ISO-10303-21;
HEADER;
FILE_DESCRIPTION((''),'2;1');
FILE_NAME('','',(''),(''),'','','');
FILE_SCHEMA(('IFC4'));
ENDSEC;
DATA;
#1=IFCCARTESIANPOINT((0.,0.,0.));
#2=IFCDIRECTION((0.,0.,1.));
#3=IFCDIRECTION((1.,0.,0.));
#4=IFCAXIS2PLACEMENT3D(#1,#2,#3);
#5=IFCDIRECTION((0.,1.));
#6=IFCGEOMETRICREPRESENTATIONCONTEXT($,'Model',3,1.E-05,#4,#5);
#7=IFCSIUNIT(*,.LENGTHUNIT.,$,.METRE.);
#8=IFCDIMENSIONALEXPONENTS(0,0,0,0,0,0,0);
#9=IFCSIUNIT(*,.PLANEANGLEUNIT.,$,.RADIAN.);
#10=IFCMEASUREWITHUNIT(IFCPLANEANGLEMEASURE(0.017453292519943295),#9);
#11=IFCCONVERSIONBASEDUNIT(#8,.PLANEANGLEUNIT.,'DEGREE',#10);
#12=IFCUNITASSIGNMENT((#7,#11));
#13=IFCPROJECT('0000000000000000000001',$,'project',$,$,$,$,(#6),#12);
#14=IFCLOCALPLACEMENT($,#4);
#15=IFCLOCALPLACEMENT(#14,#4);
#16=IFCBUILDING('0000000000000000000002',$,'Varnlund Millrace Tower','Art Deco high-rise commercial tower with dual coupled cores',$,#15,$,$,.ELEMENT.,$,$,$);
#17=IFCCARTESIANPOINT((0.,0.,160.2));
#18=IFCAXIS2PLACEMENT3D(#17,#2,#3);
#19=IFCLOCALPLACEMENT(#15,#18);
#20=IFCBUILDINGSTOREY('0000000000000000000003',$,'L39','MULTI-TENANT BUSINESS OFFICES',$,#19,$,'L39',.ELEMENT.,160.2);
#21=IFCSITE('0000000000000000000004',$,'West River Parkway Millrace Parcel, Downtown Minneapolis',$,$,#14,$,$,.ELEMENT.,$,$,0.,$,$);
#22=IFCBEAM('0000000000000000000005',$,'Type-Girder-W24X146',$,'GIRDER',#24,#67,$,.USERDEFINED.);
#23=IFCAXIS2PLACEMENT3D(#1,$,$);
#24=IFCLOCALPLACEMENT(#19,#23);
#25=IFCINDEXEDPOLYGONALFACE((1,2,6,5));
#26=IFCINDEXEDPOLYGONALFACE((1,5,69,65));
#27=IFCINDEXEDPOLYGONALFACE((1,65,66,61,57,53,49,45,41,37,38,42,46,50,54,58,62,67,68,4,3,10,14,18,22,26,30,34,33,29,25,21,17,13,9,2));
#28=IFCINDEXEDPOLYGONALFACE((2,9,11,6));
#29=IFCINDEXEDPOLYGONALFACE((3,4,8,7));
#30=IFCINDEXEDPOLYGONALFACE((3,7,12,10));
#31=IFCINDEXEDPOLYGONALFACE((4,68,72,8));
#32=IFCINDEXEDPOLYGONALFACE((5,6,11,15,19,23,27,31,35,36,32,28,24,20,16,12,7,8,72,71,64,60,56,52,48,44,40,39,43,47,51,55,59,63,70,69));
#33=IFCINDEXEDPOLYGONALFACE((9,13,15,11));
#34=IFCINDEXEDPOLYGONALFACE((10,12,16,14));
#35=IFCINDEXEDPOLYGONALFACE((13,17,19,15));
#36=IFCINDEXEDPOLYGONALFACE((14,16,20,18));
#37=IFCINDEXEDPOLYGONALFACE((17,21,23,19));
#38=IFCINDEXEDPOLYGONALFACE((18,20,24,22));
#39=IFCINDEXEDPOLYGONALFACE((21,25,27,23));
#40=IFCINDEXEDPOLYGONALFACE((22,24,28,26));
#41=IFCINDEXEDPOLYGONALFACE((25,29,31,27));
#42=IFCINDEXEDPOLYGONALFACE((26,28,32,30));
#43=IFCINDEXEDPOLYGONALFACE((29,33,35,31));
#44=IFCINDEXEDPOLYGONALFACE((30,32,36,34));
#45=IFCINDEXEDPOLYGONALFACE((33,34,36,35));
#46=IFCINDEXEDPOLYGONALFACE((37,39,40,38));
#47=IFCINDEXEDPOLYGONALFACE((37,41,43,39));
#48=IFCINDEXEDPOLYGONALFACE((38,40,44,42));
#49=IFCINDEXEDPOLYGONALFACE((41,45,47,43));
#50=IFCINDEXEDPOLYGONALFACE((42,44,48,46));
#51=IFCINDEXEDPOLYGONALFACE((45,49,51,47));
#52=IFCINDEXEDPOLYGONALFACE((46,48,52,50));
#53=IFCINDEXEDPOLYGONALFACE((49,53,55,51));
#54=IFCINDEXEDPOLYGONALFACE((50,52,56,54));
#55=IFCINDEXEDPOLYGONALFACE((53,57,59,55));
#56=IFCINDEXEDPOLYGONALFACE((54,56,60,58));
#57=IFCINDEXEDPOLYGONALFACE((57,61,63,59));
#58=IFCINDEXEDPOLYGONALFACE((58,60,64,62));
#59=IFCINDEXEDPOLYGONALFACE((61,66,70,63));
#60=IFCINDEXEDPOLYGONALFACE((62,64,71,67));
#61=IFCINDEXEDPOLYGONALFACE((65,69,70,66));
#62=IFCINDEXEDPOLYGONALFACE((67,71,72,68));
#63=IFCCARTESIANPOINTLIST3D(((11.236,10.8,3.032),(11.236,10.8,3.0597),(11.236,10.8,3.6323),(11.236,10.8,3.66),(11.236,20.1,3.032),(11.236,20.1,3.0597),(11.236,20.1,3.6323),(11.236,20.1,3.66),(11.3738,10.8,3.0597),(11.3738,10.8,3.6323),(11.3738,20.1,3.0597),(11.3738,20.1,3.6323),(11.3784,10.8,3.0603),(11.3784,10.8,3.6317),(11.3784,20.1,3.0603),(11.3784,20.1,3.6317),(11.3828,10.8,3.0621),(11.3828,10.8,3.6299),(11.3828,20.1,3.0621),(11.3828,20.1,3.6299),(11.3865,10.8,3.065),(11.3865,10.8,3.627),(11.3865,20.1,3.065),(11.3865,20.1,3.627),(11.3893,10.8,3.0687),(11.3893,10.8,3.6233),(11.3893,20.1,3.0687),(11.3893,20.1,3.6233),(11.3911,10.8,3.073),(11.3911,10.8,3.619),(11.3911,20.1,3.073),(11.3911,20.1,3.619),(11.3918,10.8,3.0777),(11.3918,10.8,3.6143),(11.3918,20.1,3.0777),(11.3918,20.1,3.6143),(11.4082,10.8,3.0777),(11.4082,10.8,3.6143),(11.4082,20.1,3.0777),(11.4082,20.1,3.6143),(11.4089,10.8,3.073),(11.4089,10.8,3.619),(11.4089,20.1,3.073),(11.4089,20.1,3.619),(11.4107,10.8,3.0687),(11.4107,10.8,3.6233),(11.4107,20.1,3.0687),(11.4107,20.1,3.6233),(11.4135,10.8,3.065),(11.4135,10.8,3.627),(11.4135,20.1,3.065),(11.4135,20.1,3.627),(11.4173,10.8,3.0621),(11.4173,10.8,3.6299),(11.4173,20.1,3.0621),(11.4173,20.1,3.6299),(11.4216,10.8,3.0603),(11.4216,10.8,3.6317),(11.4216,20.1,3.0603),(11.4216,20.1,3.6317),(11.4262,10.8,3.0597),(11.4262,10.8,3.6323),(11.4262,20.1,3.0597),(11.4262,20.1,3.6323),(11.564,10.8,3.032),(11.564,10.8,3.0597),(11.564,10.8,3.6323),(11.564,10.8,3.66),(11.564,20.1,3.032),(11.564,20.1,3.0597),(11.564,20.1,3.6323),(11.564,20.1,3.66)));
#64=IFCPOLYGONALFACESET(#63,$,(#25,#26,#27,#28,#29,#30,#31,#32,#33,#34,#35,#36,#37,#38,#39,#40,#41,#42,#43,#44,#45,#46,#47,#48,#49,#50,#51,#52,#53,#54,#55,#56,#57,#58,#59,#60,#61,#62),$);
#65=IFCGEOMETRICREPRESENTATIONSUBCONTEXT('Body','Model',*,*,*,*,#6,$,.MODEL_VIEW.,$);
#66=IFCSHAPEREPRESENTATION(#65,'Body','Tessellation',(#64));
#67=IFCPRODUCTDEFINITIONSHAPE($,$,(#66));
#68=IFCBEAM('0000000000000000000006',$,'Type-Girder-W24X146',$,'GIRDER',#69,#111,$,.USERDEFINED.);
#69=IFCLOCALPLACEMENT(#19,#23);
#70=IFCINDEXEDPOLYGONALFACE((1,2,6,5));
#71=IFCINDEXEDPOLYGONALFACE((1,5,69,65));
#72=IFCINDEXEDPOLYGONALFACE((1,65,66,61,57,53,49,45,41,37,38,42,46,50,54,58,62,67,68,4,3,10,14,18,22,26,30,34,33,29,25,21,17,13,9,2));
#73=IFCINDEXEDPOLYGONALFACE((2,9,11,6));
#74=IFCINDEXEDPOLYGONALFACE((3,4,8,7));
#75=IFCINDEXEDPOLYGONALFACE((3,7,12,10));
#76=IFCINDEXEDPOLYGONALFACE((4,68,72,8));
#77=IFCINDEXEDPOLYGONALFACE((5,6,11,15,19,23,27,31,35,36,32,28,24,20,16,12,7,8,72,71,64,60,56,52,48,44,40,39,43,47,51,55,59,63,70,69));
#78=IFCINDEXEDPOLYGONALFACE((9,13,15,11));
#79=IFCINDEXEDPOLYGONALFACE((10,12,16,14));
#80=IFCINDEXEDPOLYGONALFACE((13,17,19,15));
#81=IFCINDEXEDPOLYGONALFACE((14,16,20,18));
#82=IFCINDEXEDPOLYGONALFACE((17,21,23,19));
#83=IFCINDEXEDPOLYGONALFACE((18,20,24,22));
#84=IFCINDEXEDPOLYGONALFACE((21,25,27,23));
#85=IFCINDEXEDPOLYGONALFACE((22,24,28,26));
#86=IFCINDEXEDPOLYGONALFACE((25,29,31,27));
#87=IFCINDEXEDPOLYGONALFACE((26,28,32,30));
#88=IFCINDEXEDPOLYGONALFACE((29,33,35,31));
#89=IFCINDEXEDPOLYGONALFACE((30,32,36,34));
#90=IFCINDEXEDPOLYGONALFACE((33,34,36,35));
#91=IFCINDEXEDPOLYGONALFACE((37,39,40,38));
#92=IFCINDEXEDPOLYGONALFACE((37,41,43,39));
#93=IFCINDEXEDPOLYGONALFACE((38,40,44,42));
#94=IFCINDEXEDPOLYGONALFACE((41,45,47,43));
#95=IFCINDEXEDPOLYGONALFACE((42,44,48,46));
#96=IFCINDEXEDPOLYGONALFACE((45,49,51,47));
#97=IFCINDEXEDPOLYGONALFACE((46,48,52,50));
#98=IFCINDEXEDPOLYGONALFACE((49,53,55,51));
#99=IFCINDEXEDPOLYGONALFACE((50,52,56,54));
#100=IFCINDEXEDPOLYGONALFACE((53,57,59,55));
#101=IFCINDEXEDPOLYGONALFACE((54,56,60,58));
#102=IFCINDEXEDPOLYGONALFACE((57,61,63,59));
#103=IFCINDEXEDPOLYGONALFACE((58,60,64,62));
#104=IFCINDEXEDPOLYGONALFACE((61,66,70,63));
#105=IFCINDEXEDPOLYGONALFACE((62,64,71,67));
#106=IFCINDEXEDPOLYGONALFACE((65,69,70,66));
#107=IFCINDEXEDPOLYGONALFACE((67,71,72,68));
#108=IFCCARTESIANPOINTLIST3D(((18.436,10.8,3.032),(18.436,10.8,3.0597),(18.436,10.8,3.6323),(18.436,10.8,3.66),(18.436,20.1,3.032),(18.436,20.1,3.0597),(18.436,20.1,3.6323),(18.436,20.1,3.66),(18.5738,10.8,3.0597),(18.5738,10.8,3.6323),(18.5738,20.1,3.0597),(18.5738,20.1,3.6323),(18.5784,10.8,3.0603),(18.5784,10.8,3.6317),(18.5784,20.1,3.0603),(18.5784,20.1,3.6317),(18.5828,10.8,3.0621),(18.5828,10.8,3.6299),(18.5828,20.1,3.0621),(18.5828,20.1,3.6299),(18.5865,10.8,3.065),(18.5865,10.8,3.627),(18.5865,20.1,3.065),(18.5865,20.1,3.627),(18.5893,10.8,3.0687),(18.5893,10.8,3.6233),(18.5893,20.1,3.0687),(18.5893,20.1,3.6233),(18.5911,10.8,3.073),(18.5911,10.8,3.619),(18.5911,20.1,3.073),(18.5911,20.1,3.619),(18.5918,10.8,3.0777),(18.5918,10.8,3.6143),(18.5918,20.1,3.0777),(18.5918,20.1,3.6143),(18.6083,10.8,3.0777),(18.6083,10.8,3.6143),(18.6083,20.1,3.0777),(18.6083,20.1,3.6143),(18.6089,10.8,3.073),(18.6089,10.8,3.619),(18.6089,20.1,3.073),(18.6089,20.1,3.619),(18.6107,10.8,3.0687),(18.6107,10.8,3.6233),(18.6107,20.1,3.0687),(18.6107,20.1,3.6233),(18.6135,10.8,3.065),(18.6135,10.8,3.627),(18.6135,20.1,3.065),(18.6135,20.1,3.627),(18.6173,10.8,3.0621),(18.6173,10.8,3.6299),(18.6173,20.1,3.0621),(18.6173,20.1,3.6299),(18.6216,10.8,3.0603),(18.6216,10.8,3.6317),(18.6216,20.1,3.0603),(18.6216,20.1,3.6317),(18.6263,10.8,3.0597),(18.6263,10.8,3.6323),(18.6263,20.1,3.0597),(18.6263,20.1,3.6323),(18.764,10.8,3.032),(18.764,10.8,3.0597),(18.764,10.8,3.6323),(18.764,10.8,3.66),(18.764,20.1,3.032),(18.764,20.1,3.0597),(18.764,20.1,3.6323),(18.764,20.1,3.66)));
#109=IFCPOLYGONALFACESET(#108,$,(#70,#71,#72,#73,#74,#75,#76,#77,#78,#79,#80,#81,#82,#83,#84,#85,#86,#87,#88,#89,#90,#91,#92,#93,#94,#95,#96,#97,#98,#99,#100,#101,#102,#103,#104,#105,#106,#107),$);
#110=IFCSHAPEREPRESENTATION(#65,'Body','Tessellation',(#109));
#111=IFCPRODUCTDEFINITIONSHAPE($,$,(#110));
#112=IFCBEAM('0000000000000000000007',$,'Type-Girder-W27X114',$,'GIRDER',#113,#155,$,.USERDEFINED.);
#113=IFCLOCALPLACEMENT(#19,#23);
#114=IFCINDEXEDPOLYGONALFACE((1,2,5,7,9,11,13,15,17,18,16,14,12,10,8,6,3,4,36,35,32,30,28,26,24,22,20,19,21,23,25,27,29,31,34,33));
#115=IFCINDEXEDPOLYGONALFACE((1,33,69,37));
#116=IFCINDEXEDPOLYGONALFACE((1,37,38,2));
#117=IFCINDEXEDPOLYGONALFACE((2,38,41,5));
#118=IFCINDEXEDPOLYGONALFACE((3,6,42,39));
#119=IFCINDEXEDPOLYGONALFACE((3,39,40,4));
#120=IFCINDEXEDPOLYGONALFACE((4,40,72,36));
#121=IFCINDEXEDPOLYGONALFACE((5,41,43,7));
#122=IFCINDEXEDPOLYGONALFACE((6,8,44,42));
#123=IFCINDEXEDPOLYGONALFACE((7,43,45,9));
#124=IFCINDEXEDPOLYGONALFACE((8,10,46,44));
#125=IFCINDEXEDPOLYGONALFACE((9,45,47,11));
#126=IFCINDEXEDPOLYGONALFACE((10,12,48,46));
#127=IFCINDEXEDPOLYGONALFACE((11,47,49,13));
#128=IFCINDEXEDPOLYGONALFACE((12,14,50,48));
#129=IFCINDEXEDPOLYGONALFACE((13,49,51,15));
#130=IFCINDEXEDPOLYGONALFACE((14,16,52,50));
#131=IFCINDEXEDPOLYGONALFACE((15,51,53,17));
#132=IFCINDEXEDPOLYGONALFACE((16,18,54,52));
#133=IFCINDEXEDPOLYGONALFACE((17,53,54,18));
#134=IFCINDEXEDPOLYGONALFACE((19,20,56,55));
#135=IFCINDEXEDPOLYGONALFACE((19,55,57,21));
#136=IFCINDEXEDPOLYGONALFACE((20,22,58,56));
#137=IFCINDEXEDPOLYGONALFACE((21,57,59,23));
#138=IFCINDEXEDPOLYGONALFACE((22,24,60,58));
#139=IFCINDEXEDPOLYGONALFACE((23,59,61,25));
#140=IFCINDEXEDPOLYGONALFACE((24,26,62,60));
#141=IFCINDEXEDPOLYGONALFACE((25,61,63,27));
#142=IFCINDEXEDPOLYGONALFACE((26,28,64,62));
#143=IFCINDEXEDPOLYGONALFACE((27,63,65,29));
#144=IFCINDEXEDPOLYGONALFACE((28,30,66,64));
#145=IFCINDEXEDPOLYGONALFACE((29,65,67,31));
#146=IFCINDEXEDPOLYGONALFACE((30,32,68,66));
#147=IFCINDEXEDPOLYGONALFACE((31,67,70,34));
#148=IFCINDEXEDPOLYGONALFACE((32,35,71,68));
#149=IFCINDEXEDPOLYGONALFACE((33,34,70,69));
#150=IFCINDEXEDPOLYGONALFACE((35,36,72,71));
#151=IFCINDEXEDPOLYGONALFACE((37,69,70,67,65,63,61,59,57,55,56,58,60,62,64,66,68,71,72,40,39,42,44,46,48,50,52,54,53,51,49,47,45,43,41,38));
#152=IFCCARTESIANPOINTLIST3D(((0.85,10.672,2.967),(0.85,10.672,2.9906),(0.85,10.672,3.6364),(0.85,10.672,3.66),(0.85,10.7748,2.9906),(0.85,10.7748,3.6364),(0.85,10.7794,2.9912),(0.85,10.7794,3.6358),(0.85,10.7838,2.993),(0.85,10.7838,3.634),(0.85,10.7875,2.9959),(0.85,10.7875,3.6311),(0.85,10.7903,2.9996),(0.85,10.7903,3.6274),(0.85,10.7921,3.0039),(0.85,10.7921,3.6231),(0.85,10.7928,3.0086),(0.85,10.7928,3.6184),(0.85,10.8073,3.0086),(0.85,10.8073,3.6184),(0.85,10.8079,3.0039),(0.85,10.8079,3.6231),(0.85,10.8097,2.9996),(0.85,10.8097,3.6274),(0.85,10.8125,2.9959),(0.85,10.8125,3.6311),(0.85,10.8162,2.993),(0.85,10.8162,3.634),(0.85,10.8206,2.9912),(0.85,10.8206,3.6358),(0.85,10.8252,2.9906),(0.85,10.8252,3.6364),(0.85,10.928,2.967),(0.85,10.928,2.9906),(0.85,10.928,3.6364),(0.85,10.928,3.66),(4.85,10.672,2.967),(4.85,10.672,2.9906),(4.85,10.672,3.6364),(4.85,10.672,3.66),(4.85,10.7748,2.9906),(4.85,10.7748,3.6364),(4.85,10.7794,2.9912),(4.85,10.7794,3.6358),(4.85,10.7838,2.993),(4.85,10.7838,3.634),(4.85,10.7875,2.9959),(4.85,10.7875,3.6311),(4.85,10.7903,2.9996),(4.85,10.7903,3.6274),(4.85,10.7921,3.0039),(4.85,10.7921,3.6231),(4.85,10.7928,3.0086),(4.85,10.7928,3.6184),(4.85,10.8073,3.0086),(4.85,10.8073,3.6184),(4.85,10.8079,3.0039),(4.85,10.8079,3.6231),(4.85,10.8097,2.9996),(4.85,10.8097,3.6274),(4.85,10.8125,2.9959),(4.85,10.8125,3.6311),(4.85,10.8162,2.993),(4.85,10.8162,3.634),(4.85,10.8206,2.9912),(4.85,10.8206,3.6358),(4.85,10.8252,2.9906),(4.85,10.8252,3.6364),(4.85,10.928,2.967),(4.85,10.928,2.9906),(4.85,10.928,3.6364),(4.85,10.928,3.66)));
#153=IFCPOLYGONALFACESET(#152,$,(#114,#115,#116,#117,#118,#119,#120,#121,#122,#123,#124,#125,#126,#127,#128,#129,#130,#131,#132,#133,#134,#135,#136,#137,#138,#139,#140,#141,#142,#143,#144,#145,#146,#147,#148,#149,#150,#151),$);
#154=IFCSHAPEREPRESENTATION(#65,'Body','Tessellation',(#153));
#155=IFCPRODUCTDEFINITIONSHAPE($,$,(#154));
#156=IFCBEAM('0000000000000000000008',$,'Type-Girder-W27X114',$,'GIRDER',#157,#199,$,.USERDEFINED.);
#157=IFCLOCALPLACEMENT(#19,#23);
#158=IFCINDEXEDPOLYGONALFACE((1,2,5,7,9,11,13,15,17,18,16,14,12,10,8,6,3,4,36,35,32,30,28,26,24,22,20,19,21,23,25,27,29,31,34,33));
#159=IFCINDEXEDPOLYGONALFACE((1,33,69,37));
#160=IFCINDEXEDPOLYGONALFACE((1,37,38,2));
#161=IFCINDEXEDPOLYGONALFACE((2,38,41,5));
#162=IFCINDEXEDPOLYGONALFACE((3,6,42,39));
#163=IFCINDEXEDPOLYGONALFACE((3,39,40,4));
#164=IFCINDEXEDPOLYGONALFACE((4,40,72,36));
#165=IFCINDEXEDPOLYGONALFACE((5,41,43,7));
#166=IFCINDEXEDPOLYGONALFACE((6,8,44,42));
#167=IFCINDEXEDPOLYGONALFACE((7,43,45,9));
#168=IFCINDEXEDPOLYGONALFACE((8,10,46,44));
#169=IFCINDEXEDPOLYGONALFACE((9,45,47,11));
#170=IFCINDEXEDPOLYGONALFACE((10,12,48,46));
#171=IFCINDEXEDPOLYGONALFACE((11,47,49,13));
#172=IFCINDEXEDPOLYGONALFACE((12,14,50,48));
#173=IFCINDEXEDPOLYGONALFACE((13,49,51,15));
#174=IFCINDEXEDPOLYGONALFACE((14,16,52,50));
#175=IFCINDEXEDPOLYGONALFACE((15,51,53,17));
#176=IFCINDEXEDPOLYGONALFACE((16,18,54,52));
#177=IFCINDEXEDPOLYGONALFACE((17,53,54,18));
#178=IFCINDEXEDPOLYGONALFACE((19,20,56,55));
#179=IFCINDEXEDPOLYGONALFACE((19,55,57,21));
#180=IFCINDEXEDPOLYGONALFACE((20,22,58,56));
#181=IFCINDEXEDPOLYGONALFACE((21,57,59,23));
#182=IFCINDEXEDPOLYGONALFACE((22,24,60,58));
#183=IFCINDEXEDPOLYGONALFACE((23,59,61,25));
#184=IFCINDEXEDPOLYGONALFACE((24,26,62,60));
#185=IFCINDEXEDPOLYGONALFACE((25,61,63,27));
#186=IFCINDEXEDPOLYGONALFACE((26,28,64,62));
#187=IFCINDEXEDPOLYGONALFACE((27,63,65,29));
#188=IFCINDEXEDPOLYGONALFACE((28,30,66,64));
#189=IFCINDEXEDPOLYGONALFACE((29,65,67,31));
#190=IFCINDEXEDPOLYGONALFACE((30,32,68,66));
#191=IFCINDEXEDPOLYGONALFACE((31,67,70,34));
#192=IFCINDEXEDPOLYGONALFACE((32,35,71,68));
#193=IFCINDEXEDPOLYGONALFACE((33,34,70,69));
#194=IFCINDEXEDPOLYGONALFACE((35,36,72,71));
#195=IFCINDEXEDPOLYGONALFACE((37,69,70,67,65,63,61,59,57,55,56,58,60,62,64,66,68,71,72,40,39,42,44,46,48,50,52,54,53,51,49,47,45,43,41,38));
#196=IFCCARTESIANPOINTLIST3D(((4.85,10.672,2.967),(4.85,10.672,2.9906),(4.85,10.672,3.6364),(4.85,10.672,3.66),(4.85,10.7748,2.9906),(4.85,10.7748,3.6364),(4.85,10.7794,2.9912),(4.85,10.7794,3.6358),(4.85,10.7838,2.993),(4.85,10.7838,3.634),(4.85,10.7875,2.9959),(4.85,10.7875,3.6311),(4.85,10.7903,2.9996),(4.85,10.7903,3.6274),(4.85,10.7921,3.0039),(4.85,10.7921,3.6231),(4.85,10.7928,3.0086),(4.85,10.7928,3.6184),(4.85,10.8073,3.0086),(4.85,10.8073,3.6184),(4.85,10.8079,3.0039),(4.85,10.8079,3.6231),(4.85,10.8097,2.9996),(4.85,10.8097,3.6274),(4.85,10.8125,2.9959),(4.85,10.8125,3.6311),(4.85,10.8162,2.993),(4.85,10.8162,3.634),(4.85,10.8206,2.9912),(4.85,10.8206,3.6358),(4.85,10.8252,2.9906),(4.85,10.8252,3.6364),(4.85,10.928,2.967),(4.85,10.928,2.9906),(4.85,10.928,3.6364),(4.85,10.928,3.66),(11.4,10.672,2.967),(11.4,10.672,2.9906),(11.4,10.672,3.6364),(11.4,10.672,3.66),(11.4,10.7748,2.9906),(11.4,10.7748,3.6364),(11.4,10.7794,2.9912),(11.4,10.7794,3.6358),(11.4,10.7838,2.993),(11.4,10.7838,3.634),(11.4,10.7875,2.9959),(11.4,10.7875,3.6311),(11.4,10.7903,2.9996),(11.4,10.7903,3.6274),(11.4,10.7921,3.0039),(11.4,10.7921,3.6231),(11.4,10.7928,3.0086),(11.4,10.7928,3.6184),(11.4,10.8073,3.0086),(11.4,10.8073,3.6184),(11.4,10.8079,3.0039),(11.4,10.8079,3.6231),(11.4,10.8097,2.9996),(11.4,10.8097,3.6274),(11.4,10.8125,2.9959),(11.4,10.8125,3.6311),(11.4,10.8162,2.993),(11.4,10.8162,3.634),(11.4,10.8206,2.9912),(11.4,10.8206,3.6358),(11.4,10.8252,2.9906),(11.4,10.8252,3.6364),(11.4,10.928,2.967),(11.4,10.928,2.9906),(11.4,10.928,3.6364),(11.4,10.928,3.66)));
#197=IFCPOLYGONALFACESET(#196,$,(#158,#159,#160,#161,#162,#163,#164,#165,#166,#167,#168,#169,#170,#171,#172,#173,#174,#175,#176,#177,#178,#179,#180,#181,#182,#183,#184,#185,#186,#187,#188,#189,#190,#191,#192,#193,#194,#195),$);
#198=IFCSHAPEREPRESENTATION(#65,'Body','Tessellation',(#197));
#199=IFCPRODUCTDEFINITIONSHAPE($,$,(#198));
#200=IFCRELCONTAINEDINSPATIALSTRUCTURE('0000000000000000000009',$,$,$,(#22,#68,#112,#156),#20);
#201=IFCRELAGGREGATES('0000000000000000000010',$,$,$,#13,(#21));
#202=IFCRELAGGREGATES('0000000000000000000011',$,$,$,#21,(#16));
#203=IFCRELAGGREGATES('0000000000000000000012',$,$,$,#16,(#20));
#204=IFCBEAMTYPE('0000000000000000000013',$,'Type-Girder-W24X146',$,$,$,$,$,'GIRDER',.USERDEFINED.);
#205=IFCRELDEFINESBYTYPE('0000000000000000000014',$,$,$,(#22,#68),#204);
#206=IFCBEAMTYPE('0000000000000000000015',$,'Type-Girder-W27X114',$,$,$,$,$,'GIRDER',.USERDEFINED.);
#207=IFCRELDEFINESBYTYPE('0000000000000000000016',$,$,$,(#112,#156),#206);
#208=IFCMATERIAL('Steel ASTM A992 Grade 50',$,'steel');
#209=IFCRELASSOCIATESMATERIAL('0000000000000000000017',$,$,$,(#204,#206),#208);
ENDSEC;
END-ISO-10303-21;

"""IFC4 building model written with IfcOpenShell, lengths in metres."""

from ifc_helpers import new_model, entity, si_unit, converted_unit, direction, frame, origin_with_axes, origin_2d_with_axis, place, context, subcontext, project, spatial, i_section, extrude, material, material_profile, profile_set, type_object, element, save


model = new_model("IFC4")

# Units and contexts
model_context = context("Model", 3, precision=1e-05, world=origin_with_axes(), true_north=direction((0.0, 1.0)))
body_context = subcontext(model_context, "Body", "Model", "MODEL_VIEW")
ifc_project = project(units=[si_unit("LENGTHUNIT", "METRE"), converted_unit("PLANEANGLEUNIT", "DEGREE", entity("IfcPlaneAngleMeasure", 0.017453292519943295), si_unit("PLANEANGLEUNIT", "RADIAN"), dimensions=[0, 0, 0, 0, 0, 0, 0])], contexts=[model_context])

# Site, building, storey
site_placement = place(None, origin_with_axes())
site = spatial("IfcSite", under=ifc_project, at=site_placement, Name="West River Parkway Millrace Parcel, Downtown Minneapolis", CompositionType="ELEMENT", RefElevation=0.0)
building_placement = place(site_placement, origin_with_axes())
building = spatial("IfcBuilding", under=site, at=building_placement, Name="Varnlund Millrace Tower", Description="Art Deco high-rise commercial tower with dual coupled cores", CompositionType="ELEMENT")
storey_placement = place(building_placement, frame((0.0, 0.0, 160.2), z_axis=(0.0, 0.0, 1.0), x_axis=(1.0, 0.0, 0.0)))
storey = spatial("IfcBuildingStorey", under=building, at=storey_placement, Name="L39", Description="MULTI-TENANT BUSINESS OFFICES", LongName="L39", CompositionType="ELEMENT", Elevation=160.2)

# Beams
ifc_material_1 = material(Name="Steel ASTM A992 Grade 50", Category="steel")
ifc_material_profile_1 = material_profile(ifc_material_1, i_section(OverallWidth=0.328, OverallDepth=0.628, WebThickness=0.0165, FlangeThickness=0.0277, FilletRadius=0.018, at=origin_2d_with_axis()), Name="Steel ASTM A992 Grade 50")
ifc_profile_set_1 = profile_set([ifc_material_profile_1], Name="Steel ASTM A992 Grade 50")
beam_type_1 = type_object("IfcBeamType", Name="Type-Girder-W24X146", ElementType="GIRDER", PredefinedType="USERDEFINED", material=ifc_profile_set_1)
for number, where, z_axis, x_axis, name in (
    (1, (11.4, 10.8, 3.346), (0.0, 1.0, 0.0), (-1.0, 0.0, 0.0), "Type-Girder-W24X146"),
    (2, (18.6, 10.8, 3.346), (0.0, 1.0, 0.0), (-1.0, 0.0, 0.0), "Type-Girder-W24X146"),
):
    element("IfcBeam", number, at=place(storey_placement, frame(where, z_axis=z_axis, x_axis=x_axis)), inside=storey, type_object=beam_type_1, Name=name, ObjectType="GIRDER", PredefinedType="USERDEFINED", context=body_context, shape_type="SweptSolid", body=[
        extrude(i_section(OverallWidth=0.328, OverallDepth=0.628, WebThickness=0.0165, FlangeThickness=0.0277, FilletRadius=0.018, at=origin_2d_with_axis()), origin_with_axes(), (0.0, 0.0, 1.0), 9.3),
    ])
ifc_material_profile_2 = material_profile(ifc_material_1, i_section(OverallWidth=0.256, OverallDepth=0.693, WebThickness=0.0145, FlangeThickness=0.0236, FilletRadius=0.018, at=origin_2d_with_axis()), Name="Steel ASTM A992 Grade 50")
ifc_profile_set_2 = profile_set([ifc_material_profile_2], Name="Steel ASTM A992 Grade 50")
beam_type_2 = type_object("IfcBeamType", Name="Type-Girder-W27X114", ElementType="GIRDER", PredefinedType="USERDEFINED", material=ifc_profile_set_2)
beam_1_placement = place(storey_placement, frame((0.85, 10.8, 3.3135), z_axis=(1.0, 0.0, 0.0), x_axis=(0.0, 1.0, 0.0)))
element("IfcBeam", 3, at=beam_1_placement, inside=storey, type_object=beam_type_2, Name="Type-Girder-W27X114", ObjectType="GIRDER", PredefinedType="USERDEFINED", context=body_context, shape_type="SweptSolid", body=[
    extrude(i_section(OverallWidth=0.256, OverallDepth=0.693, WebThickness=0.0145, FlangeThickness=0.0236, FilletRadius=0.018, at=origin_2d_with_axis()), origin_with_axes(), (0.0, 0.0, 1.0), 4.0),
])
beam_2_placement = place(storey_placement, frame((4.85, 10.8, 3.3135), z_axis=(1.0, 0.0, 0.0), x_axis=(0.0, 1.0, 0.0)))
element("IfcBeam", 4, at=beam_2_placement, inside=storey, type_object=beam_type_2, Name="Type-Girder-W27X114", ObjectType="GIRDER", PredefinedType="USERDEFINED", context=body_context, shape_type="SweptSolid", body=[
    extrude(i_section(OverallWidth=0.256, OverallDepth=0.693, WebThickness=0.0145, FlangeThickness=0.0236, FilletRadius=0.018, at=origin_2d_with_axis()), origin_with_axes(), (0.0, 0.0, 1.0), 6.55),
])

save(model, "model.ifc")
